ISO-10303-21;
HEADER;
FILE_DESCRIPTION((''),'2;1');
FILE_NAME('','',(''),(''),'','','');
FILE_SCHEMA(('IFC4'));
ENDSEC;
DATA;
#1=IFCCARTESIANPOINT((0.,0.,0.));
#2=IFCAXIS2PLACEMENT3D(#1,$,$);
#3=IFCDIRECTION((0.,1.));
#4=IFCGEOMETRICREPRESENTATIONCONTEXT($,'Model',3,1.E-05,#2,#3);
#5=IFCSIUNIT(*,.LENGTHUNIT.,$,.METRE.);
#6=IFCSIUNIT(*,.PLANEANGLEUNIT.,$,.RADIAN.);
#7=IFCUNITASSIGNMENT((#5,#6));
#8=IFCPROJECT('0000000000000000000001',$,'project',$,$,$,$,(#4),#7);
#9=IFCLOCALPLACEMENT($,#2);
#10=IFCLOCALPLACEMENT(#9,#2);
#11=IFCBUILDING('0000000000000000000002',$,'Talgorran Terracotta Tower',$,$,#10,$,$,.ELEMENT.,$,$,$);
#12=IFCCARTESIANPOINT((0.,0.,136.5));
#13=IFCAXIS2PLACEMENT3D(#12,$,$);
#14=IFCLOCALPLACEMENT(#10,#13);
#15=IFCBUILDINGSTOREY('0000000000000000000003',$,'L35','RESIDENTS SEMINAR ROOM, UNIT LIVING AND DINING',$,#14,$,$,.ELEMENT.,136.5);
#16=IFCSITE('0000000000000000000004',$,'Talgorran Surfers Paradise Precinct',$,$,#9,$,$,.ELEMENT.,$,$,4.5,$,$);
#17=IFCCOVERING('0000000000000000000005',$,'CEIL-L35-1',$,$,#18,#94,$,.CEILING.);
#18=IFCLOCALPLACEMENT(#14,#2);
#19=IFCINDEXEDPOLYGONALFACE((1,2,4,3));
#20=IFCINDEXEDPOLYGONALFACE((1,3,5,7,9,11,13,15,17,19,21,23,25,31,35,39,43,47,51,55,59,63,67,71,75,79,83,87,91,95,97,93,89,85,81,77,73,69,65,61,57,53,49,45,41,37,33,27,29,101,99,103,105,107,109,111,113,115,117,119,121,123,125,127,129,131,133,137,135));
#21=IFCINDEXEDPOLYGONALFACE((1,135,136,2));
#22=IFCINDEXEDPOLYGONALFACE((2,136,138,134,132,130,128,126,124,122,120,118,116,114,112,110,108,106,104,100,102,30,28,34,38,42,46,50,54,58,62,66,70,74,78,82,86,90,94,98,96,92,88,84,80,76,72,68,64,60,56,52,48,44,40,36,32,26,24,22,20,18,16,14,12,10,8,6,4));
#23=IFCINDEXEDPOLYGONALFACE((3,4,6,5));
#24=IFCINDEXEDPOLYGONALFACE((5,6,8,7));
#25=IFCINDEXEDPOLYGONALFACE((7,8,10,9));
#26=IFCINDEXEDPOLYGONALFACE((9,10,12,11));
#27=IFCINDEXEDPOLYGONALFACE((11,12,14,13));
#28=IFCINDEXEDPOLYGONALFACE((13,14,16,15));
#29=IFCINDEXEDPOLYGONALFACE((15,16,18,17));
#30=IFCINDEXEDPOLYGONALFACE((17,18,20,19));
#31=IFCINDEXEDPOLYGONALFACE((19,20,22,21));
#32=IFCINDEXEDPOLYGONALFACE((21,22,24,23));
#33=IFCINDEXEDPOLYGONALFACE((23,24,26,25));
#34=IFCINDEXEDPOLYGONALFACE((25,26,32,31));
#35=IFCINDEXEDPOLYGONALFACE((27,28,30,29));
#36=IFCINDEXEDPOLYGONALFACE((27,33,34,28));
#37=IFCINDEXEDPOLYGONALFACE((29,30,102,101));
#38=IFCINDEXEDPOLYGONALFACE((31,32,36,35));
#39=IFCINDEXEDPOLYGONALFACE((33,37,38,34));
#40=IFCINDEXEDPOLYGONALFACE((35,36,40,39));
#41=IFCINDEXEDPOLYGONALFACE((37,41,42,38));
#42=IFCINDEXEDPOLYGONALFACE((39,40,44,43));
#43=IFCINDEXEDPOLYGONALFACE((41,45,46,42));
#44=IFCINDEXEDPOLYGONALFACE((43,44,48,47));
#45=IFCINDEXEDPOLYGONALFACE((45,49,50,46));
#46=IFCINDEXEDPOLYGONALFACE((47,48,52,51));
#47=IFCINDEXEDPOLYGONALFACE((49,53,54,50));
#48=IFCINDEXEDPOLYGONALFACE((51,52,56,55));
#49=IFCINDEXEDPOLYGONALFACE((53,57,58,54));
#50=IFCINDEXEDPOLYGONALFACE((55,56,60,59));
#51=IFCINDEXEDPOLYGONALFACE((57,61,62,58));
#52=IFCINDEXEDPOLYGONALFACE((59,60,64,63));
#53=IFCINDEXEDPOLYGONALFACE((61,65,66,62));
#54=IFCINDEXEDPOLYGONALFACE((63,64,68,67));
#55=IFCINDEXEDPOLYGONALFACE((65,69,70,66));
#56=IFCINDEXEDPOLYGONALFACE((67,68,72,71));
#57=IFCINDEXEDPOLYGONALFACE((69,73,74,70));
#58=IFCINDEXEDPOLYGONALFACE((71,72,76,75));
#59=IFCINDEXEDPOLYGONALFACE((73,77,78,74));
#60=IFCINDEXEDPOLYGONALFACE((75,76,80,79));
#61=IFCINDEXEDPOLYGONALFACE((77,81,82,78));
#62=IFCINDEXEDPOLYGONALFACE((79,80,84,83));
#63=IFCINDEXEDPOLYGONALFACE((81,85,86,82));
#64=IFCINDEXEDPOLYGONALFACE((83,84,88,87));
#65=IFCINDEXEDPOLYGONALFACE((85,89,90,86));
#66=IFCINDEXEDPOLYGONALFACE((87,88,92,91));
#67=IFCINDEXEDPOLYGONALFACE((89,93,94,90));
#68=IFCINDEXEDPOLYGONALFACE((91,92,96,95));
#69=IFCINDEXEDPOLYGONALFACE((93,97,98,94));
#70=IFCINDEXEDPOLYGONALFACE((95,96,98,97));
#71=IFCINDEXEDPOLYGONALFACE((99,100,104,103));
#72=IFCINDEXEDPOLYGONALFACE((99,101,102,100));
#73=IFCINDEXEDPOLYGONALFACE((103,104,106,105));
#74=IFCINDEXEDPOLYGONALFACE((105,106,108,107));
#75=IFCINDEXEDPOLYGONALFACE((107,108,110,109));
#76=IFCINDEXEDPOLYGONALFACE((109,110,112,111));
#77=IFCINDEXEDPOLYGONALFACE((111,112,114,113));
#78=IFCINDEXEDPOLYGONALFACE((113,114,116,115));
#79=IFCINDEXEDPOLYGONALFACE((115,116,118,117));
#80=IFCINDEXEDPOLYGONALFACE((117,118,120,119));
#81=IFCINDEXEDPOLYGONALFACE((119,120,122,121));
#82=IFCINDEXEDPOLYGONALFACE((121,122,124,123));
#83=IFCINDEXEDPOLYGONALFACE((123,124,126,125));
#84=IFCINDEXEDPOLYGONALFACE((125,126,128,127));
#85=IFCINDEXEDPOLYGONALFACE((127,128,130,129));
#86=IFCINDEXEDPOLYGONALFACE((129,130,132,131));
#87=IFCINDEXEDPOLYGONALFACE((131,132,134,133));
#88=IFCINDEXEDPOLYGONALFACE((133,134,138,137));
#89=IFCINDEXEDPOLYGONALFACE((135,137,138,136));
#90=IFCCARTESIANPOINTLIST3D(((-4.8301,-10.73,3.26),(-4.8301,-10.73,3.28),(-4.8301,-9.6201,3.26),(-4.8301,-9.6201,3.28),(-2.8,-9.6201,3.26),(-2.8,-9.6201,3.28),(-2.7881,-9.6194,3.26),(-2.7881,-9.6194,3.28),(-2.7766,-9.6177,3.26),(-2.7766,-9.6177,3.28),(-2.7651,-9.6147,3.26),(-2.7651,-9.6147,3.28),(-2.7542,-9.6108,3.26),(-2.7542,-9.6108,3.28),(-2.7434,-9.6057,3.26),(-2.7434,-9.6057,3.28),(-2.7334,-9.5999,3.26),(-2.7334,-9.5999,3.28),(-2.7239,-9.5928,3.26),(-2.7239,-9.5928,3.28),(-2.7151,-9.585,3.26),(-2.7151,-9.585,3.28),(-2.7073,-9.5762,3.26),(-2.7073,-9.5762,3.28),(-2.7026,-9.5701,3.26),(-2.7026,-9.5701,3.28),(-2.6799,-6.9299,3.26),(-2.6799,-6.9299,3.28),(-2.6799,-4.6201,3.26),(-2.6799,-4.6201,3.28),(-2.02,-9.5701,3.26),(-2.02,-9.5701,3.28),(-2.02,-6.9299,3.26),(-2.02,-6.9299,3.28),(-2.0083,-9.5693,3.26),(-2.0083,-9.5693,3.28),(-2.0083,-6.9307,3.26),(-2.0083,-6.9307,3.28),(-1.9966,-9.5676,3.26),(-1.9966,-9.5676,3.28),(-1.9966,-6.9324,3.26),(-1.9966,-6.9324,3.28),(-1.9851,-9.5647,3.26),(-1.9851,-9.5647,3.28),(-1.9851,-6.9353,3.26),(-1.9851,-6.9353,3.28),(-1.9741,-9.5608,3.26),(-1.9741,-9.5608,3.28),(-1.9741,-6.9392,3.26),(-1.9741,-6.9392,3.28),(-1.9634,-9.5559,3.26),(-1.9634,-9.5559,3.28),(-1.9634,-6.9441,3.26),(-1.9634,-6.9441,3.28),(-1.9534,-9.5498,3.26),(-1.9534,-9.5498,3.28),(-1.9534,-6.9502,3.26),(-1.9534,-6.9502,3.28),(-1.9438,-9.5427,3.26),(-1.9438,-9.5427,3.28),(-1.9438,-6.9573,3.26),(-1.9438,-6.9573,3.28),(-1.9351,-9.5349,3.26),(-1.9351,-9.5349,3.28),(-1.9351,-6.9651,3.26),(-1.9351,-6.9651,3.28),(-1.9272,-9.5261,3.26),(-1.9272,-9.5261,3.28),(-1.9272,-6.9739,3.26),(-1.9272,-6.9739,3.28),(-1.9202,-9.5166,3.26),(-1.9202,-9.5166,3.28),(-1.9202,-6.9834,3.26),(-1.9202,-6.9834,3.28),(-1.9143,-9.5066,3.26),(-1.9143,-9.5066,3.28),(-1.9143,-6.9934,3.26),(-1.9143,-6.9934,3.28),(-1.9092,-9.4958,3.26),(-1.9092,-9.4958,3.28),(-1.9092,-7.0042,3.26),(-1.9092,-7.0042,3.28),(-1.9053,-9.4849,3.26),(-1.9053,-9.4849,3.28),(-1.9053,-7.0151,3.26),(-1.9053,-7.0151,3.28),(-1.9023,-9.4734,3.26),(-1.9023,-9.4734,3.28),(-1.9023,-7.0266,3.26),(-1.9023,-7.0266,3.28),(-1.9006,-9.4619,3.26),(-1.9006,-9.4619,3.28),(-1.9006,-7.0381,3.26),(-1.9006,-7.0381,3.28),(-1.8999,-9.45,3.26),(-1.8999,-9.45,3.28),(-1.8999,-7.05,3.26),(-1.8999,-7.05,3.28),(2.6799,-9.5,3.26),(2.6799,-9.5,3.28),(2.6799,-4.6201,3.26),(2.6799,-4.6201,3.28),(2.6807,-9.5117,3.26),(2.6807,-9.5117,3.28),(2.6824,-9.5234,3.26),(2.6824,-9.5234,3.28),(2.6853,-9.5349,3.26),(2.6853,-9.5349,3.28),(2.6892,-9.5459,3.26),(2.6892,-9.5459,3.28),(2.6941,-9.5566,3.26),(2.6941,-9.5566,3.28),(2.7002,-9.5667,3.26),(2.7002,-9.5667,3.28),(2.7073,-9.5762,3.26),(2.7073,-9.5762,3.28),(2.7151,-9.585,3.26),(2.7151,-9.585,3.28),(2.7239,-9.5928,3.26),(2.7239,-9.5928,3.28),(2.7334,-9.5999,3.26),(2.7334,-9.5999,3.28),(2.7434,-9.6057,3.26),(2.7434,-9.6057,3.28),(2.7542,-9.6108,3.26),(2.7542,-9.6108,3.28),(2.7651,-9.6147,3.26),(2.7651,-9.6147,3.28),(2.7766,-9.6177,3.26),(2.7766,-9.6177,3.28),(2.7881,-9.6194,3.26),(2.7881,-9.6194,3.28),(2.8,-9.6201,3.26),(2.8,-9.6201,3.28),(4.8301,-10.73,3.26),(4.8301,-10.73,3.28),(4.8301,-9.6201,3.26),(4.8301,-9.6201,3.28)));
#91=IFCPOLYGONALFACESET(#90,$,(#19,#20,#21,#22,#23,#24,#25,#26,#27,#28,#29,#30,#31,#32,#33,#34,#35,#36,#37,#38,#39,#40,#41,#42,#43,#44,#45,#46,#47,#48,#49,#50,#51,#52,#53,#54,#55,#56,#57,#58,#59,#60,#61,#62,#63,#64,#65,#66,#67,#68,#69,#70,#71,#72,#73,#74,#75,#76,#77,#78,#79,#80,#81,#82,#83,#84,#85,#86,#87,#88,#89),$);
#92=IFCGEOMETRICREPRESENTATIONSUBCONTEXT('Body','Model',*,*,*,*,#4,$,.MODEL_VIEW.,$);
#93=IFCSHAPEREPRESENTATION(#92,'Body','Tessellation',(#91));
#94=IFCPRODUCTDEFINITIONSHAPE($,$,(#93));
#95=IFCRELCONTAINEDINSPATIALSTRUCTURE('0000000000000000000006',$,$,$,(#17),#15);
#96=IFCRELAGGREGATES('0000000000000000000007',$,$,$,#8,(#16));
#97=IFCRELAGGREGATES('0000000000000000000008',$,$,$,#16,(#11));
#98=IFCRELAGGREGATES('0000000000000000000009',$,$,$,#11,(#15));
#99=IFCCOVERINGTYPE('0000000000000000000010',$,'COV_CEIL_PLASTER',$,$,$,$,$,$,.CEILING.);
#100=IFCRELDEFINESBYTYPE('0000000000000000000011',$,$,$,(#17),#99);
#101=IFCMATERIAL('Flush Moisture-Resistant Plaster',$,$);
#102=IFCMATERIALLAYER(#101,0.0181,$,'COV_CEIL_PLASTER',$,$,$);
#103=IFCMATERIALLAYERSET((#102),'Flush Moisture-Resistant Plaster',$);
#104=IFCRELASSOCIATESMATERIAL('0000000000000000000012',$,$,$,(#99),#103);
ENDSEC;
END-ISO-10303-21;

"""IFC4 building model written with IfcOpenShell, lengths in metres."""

from ifc_helpers import new_model, si_unit, direction, frame, origin, place, context, subcontext, project, spatial, polyline, outline, extrude, material, layer, layer_set, type_object, element, save


model = new_model("IFC4")

# Units and contexts
model_context = context("Model", 3, precision=1e-05, world=origin(), true_north=direction((0.0, 1.0)))
body_context = subcontext(model_context, "Body", "Model", "MODEL_VIEW")
ifc_project = project(units=[si_unit("LENGTHUNIT", "METRE"), si_unit("PLANEANGLEUNIT", "RADIAN")], contexts=[model_context])

# Site, building, storey
site_placement = place(None, origin())
site = spatial("IfcSite", under=ifc_project, at=site_placement, Name="Talgorran Surfers Paradise Precinct", CompositionType="ELEMENT", RefElevation=4.5)
building_placement = place(site_placement, origin())
building = spatial("IfcBuilding", under=site, at=building_placement, Name="Talgorran Terracotta Tower", CompositionType="ELEMENT")
storey_placement = place(building_placement, frame((0.0, 0.0, 136.5)))
storey = spatial("IfcBuildingStorey", under=building, at=storey_placement, Name="L35", Description="RESIDENTS SEMINAR ROOM, UNIT LIVING AND DINING", CompositionType="ELEMENT", Elevation=136.5)

# Covering
ifc_material_1 = material(Name="Flush Moisture-Resistant Plaster")
ifc_layer_1 = layer(ifc_material_1, 0.0181, Name="COV_CEIL_PLASTER")
ifc_layer_set_1 = layer_set([ifc_layer_1], Name="Flush Moisture-Resistant Plaster")
covering_type_1 = type_object("IfcCoveringType", Name="COV_CEIL_PLASTER", PredefinedType="CEILING", material=ifc_layer_set_1)
covering_1_placement = place(storey_placement, frame((0.0, 0.0, 3.26)))
element("IfcCovering", 1, at=covering_1_placement, inside=storey, type_object=covering_type_1, Name="CEIL-L35-1", PredefinedType="CEILING", context=body_context, shape_type="SweptSolid", body=[
    extrude(outline(polyline([(-2.7026, -9.5701), (-2.02, -9.5701), (-2.0083, -9.5693), (-1.9966, -9.5676), (-1.9851, -9.5647), (-1.9741, -9.5608), (-1.9634, -9.5559), (-1.9534, -9.5498), (-1.9438, -9.5427), (-1.9351, -9.5349), (-1.9272, -9.5261), (-1.9202, -9.5166), (-1.9143, -9.5066), (-1.9092, -9.4958), (-1.9053, -9.4849), (-1.9023, -9.4734), (-1.9006, -9.4619), (-1.8999, -9.45), (-1.8999, -7.05), (-1.9006, -7.0381), (-1.9023, -7.0266), (-1.9053, -7.0151), (-1.9092, -7.0042), (-1.9143, -6.9934), (-1.9202, -6.9834), (-1.9272, -6.9739), (-1.9351, -6.9651), (-1.9438, -6.9573), (-1.9534, -6.9502), (-1.9634, -6.9441), (-1.9741, -6.9392), (-1.9851, -6.9353), (-1.9966, -6.9324), (-2.0083, -6.9307), (-2.02, -6.9299), (-2.6799, -6.9299), (-2.6799, -4.6201), (2.6799, -4.6201), (2.6799, -9.5), (2.6807, -9.5117), (2.6824, -9.5234), (2.6853, -9.5349), (2.6892, -9.5459), (2.6941, -9.5566), (2.7002, -9.5667), (2.7073, -9.5762), (2.7151, -9.585), (2.7239, -9.5928), (2.7334, -9.5999), (2.7434, -9.6057), (2.7542, -9.6108), (2.7651, -9.6147), (2.7766, -9.6177), (2.7881, -9.6194), (2.8, -9.6201), (4.8301, -9.6201), (4.8301, -10.73), (-4.8301, -10.73), (-4.8301, -9.6201), (-2.8, -9.6201), (-2.7881, -9.6194), (-2.7766, -9.6177), (-2.7651, -9.6147), (-2.7542, -9.6108), (-2.7434, -9.6057), (-2.7334, -9.5999), (-2.7239, -9.5928), (-2.7151, -9.585), (-2.7073, -9.5762), (-2.7026, -9.5701)])), origin(), (0.0, 0.0, 1.0), 0.02),
])

save(model, "model.ifc")
